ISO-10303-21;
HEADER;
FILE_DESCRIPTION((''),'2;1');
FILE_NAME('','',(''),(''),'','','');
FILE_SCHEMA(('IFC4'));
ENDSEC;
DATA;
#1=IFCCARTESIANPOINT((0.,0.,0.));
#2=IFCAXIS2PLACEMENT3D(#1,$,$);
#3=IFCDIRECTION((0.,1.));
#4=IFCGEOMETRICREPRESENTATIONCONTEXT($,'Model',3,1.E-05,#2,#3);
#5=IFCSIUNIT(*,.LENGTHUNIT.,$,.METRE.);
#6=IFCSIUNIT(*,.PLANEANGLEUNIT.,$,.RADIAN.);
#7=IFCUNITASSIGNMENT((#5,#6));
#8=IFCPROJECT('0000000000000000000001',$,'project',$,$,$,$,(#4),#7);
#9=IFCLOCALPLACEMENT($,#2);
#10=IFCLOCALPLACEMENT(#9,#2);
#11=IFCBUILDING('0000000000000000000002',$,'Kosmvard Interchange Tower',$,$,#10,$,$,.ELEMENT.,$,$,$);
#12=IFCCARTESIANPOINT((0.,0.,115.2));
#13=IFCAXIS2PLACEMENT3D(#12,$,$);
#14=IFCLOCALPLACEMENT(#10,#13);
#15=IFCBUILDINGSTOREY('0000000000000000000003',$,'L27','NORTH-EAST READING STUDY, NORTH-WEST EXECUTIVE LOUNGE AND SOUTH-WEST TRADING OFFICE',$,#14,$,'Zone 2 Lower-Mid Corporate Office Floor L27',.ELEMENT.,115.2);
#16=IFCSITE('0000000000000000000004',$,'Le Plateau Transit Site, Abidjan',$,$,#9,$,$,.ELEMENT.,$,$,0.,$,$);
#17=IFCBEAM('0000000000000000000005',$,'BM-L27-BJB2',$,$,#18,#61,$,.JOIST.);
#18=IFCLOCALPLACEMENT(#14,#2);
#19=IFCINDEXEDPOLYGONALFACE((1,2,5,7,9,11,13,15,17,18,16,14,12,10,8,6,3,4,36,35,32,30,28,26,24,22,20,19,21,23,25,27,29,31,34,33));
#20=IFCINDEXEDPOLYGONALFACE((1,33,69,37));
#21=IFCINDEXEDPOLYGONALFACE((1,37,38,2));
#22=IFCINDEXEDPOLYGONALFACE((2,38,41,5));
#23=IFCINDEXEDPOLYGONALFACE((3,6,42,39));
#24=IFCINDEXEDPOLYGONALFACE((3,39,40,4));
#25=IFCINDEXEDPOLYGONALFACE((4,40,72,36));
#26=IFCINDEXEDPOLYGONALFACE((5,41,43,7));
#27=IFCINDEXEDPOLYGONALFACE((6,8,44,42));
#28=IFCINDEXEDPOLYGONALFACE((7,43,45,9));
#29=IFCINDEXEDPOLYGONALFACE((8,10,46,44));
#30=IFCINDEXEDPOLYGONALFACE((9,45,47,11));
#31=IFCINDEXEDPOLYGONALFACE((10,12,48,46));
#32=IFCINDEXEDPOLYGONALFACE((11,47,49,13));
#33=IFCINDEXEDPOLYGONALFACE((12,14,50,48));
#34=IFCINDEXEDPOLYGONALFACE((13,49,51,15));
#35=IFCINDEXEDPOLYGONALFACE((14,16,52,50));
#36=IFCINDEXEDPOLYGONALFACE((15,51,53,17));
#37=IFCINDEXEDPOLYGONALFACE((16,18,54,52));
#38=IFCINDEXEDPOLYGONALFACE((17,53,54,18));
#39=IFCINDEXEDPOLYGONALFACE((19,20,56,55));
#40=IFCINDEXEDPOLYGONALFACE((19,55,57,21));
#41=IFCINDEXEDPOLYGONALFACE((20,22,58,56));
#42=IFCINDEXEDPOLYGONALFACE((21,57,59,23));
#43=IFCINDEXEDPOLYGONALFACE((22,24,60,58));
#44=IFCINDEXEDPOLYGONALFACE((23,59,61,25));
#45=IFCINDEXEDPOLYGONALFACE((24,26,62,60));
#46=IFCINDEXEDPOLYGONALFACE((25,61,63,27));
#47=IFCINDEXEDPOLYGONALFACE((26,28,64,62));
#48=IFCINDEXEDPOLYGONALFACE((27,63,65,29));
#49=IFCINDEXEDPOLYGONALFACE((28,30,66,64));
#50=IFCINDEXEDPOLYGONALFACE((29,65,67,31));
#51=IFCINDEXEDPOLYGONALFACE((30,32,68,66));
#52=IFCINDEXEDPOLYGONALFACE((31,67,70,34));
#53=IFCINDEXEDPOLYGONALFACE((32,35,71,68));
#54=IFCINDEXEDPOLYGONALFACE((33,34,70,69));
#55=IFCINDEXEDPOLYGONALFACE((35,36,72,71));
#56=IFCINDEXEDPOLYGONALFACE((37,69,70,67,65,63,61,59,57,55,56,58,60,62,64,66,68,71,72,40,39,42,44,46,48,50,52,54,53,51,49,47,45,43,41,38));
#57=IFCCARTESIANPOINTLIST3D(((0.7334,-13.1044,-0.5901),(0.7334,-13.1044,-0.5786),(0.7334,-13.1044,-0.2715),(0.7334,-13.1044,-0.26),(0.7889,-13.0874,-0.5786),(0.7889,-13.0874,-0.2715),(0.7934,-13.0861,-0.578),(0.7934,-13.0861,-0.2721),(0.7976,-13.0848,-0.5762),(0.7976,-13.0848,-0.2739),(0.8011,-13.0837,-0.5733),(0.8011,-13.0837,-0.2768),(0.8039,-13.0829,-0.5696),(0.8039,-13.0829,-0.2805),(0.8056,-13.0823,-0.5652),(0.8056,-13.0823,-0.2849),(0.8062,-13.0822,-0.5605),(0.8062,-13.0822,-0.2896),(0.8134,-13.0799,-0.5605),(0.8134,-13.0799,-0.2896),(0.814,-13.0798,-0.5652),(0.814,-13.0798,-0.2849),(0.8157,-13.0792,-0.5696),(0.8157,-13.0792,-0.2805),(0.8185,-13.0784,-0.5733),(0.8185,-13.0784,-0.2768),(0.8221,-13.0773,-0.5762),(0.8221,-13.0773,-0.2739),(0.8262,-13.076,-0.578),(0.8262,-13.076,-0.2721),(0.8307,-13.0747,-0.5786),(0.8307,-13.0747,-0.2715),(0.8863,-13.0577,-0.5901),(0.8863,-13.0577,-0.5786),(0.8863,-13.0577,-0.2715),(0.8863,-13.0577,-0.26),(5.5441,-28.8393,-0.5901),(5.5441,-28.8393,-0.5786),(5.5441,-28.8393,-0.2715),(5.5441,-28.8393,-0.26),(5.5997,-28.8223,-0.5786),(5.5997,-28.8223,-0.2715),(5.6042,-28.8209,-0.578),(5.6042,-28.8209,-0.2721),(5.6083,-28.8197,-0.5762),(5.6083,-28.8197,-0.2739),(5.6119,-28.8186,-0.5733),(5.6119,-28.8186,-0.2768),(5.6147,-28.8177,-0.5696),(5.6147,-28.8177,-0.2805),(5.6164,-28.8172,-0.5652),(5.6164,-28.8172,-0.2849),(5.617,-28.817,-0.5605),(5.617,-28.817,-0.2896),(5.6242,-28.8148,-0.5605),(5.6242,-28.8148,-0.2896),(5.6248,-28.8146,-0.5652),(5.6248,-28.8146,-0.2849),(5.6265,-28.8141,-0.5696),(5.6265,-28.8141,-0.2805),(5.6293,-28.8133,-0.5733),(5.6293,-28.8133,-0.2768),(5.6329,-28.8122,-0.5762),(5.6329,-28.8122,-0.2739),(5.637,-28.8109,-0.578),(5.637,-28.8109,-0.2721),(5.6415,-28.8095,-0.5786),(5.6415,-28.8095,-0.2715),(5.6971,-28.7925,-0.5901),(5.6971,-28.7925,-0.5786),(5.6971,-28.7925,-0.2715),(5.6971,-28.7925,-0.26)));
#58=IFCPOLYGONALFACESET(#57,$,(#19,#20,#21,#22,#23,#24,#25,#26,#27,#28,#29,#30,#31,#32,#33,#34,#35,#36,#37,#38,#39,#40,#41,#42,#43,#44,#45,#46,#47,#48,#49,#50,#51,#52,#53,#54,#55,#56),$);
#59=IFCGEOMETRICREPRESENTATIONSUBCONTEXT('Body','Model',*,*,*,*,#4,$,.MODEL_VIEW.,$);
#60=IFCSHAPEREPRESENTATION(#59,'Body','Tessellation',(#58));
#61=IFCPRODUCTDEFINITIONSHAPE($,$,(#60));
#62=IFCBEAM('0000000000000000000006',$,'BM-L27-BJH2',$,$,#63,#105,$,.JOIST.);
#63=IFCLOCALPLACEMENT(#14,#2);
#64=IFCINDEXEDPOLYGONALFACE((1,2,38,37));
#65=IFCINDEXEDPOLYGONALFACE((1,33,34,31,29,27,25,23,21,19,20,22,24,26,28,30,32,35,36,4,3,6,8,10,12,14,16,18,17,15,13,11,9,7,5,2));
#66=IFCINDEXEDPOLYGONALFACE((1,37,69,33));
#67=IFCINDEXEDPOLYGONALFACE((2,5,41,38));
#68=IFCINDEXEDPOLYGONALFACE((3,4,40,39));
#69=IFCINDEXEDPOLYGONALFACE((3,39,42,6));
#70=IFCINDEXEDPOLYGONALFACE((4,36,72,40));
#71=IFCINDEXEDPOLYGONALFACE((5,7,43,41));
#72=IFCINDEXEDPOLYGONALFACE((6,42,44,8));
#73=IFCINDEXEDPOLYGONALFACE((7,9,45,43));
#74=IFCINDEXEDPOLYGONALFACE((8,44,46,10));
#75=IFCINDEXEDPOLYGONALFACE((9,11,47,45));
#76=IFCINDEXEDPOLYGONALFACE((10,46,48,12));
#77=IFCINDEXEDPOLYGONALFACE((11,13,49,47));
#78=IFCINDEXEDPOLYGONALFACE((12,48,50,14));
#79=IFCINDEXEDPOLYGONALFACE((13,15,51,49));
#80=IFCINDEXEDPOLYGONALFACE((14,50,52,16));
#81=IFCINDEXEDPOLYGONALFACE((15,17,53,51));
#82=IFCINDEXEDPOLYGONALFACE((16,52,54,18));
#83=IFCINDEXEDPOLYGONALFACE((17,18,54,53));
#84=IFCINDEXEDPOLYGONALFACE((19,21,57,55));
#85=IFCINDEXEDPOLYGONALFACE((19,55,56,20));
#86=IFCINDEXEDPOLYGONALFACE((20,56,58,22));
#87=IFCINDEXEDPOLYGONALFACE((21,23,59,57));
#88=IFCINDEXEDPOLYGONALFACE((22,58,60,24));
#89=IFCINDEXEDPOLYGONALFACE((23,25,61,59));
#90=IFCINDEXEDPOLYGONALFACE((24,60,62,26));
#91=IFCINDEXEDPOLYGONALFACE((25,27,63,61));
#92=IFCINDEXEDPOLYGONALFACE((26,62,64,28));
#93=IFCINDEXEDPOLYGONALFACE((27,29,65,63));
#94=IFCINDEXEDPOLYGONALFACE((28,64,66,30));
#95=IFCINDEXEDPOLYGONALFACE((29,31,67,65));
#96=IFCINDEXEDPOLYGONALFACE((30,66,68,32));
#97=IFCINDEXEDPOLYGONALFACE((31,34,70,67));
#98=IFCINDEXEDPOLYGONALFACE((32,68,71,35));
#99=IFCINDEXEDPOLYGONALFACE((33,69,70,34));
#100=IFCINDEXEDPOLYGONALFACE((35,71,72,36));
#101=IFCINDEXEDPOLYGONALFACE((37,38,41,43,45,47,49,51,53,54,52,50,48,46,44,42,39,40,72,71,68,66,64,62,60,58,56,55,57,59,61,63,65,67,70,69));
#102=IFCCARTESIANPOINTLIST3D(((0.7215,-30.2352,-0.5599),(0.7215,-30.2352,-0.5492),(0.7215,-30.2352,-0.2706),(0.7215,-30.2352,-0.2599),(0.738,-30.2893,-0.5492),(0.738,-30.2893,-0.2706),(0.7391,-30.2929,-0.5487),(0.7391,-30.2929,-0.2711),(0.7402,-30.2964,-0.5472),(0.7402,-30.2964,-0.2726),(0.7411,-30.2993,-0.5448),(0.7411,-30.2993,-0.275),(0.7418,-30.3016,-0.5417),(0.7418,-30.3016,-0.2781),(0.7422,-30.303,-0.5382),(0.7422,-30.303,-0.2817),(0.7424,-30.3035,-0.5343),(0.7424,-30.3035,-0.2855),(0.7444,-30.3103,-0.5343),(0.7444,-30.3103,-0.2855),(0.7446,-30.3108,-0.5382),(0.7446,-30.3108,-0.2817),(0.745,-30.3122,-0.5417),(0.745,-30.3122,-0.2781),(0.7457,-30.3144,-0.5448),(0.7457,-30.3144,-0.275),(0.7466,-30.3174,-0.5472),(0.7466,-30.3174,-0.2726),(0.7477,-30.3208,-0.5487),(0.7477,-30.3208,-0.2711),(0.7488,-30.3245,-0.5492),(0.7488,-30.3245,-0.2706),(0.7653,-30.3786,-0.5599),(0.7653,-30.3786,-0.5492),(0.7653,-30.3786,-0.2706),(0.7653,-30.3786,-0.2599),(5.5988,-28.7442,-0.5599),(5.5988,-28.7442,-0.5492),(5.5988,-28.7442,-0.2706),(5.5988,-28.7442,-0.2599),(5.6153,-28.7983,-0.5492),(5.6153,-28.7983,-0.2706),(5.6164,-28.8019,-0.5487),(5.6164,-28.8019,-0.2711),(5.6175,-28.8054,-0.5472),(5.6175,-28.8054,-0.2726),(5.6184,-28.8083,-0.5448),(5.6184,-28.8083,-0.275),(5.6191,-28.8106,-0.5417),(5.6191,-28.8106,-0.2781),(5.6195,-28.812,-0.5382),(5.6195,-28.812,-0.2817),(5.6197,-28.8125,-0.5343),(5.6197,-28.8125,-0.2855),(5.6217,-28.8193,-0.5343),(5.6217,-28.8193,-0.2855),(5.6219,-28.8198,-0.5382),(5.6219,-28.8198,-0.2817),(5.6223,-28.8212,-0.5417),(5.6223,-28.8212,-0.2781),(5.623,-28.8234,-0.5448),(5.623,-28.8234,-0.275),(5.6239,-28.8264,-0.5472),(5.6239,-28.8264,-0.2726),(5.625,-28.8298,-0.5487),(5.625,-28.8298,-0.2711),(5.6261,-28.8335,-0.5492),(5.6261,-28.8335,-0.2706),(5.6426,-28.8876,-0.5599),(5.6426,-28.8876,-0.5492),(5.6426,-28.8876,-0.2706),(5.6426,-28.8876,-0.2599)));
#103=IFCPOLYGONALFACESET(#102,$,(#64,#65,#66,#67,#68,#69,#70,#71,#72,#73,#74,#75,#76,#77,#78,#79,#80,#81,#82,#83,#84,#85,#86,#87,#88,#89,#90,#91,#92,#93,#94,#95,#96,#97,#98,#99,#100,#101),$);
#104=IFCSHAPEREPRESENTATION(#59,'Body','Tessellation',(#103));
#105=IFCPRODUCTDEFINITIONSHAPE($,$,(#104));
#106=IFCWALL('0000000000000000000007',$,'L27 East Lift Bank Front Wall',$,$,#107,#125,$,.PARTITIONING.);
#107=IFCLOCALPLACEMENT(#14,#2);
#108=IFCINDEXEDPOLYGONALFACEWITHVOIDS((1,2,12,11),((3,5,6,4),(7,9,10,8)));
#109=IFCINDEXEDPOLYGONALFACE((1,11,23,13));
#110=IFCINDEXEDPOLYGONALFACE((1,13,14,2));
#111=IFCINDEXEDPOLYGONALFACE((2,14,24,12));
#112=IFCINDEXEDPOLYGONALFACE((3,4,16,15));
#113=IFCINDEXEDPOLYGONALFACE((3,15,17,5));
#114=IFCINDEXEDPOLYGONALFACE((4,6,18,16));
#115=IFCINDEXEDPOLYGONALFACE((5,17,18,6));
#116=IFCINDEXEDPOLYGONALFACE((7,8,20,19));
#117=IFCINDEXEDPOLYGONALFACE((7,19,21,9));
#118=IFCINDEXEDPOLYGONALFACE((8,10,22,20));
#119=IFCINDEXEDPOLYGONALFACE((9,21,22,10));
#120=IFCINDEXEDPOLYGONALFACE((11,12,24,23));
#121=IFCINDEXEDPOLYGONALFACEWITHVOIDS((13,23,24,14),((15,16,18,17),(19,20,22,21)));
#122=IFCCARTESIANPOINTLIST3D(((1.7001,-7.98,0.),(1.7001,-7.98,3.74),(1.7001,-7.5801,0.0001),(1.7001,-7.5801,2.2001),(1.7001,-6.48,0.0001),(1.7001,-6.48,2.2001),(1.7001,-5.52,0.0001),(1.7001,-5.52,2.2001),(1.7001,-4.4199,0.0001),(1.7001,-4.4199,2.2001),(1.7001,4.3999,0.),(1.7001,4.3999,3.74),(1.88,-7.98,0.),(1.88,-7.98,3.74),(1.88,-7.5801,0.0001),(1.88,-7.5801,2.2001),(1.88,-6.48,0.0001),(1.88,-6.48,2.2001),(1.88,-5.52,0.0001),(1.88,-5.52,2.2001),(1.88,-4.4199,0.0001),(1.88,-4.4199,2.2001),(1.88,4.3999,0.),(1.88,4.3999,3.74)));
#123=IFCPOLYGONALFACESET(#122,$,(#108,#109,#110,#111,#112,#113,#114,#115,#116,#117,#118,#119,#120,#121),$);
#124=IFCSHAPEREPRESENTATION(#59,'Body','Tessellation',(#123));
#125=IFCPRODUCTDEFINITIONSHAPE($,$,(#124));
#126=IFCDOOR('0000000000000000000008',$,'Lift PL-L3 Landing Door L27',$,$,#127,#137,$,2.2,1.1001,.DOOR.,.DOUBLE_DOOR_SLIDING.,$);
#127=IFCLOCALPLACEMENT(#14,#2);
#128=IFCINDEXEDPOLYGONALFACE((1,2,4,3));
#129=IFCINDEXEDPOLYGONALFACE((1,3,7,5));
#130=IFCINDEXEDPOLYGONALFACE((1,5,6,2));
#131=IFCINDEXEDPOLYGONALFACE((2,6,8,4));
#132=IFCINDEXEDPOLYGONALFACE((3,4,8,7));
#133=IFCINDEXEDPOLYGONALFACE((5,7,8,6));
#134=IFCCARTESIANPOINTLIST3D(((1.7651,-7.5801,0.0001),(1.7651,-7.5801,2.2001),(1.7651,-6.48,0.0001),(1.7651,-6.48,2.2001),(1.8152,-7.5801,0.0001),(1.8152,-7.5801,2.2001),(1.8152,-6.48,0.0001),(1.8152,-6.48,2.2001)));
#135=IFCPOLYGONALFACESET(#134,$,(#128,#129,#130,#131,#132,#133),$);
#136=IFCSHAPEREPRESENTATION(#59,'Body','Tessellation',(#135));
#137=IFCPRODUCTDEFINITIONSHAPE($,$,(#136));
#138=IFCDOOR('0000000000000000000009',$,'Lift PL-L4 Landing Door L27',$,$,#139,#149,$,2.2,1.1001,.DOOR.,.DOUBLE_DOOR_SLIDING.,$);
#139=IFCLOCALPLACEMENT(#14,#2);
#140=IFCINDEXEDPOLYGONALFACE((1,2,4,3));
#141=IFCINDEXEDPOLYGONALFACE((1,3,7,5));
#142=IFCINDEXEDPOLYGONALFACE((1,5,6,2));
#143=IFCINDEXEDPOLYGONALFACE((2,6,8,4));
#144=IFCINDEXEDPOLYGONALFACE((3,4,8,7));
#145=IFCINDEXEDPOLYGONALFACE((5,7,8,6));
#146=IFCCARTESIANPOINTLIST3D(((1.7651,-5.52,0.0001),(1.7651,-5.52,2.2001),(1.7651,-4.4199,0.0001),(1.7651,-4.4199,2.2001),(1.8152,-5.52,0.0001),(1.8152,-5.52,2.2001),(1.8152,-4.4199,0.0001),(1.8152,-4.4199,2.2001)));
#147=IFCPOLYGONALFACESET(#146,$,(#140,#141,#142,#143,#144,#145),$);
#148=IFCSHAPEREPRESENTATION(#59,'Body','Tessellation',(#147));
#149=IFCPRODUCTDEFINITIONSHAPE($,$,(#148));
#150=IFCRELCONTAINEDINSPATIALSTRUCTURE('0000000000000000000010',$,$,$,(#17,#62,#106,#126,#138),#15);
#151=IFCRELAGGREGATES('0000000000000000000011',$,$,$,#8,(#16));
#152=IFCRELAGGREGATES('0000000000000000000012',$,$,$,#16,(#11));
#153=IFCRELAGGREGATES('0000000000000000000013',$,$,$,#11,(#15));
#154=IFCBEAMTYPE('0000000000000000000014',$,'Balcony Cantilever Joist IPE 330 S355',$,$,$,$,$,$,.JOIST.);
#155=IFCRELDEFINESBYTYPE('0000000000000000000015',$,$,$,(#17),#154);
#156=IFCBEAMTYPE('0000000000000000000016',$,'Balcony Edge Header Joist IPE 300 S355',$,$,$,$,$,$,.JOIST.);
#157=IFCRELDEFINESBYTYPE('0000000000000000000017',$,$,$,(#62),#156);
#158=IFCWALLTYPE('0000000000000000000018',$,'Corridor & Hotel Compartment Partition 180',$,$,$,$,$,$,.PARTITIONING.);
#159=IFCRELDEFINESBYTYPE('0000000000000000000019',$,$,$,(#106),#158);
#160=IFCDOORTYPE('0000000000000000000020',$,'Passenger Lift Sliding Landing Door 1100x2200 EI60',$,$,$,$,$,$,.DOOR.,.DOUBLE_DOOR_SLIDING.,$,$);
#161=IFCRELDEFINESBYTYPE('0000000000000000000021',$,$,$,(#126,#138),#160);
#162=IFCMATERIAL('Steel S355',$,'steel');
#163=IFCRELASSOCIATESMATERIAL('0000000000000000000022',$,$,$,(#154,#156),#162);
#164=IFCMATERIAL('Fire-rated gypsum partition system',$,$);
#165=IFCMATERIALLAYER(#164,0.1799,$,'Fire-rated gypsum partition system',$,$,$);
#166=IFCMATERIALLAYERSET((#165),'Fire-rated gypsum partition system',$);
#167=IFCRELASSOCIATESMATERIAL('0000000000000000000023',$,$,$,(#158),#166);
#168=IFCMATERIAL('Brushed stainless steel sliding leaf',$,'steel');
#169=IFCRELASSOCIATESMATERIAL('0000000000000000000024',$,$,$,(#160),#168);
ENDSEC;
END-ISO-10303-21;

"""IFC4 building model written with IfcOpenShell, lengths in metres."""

from ifc_helpers import new_model, si_unit, direction, frame, frame_2d, origin, origin_2d, place, context, subcontext, project, spatial, rectangle, i_section, extrude, source, transform, mapped, material, layer, layer_set, material_profile, profile_set, type_object, element, fill, save


model = new_model("IFC4")

# Units and contexts
model_context = context("Model", 3, precision=1e-05, world=origin(), true_north=direction((0.0, 1.0)))
body_context = subcontext(model_context, "Body", "Model", "MODEL_VIEW")
ifc_project = project(units=[si_unit("LENGTHUNIT", "METRE"), si_unit("PLANEANGLEUNIT", "RADIAN")], contexts=[model_context])

# Site, building, storey
site_placement = place(None, origin())
site = spatial("IfcSite", under=ifc_project, at=site_placement, Name="Le Plateau Transit Site, Abidjan", CompositionType="ELEMENT", RefElevation=0.0)
building_placement = place(site_placement, origin())
building = spatial("IfcBuilding", under=site, at=building_placement, Name="Kosmvard Interchange Tower", CompositionType="ELEMENT")
storey_placement = place(building_placement, frame((0.0, 0.0, 115.2)))
storey = spatial("IfcBuildingStorey", under=building, at=storey_placement, Name="L27", Description="NORTH-EAST READING STUDY, NORTH-WEST EXECUTIVE LOUNGE AND SOUTH-WEST TRADING OFFICE", LongName="Zone 2 Lower-Mid Corporate Office Floor L27", CompositionType="ELEMENT", Elevation=115.2)

# Beams
ifc_material_1 = material(Name="Steel S355", Category="steel")
ifc_material_profile_1 = material_profile(ifc_material_1, i_section(OverallWidth=0.1599, OverallDepth=0.3301, WebThickness=0.0076, FlangeThickness=0.0115, FilletRadius=0.0181, at=origin_2d()), Name="IPE 330")
ifc_profile_set_1 = profile_set([ifc_material_profile_1], Name="Steel S355")
beam_type_1 = type_object("IfcBeamType", Name="Balcony Cantilever Joist IPE 330 S355", PredefinedType="JOIST", material=ifc_profile_set_1)
shared_shape_1 = source(origin(), body_context, "Body", "SweptSolid", [
    extrude(i_section(OverallWidth=0.1599, OverallDepth=0.3301, WebThickness=0.0076, FlangeThickness=0.0115, FilletRadius=0.0181, at=origin_2d()), origin(), (0.0, 0.0, 1.0), 16.4539),
])
beam_1_placement = place(storey_placement, frame((0.8098, -13.0811, -0.425), z_axis=(0.292381, -0.956302, 0.0), x_axis=(0.956302, 0.292381, 0.0)))
element("IfcBeam", 1, at=beam_1_placement, inside=storey, type_object=beam_type_1, Name="BM-L27-BJB2", PredefinedType="JOIST", context=body_context, shape_type="MappedRepresentation", body=[
    mapped(shared_shape_1, transform((0.0, 0.0, 0.0), scale=1.0)),
])
ifc_material_profile_2 = material_profile(ifc_material_1, i_section(OverallWidth=0.1499, OverallDepth=0.3, WebThickness=0.0071, FlangeThickness=0.0107, FilletRadius=0.0149, at=origin_2d()), Name="IPE 300")
ifc_profile_set_2 = profile_set([ifc_material_profile_2], Name="Steel S355")
beam_type_2 = type_object("IfcBeamType", Name="Balcony Edge Header Joist IPE 300 S355", PredefinedType="JOIST", material=ifc_profile_set_2)
shared_shape_2 = source(origin(), body_context, "Body", "SweptSolid", [
    extrude(i_section(OverallWidth=0.1499, OverallDepth=0.3, WebThickness=0.0071, FlangeThickness=0.0107, FilletRadius=0.0149, at=origin_2d()), origin(), (0.0, 0.0, 1.0), 5.1001),
])
beam_2_placement = place(storey_placement, frame((0.7434, -30.3069, -0.4099), z_axis=(0.956313, 0.292346, 0.0), x_axis=(-0.292346, 0.956313, 0.0)))
element("IfcBeam", 2, at=beam_2_placement, inside=storey, type_object=beam_type_2, Name="BM-L27-BJH2", PredefinedType="JOIST", context=body_context, shape_type="MappedRepresentation", body=[
    mapped(shared_shape_2, transform((0.0, 0.0, 0.0), scale=1.0)),
])

# Wall, openings, doors
ifc_material_2 = material(Name="Fire-rated gypsum partition system")
ifc_layer_1 = layer(ifc_material_2, 0.1799, Name="Fire-rated gypsum partition system")
ifc_layer_set_1 = layer_set([ifc_layer_1], Name="Fire-rated gypsum partition system")
wall_type_1 = type_object("IfcWallType", Name="Corridor & Hotel Compartment Partition 180", PredefinedType="PARTITIONING", material=ifc_layer_set_1)
wall_1_placement = place(storey_placement, frame((1.79, -7.98, 0.0), z_axis=(0.0, 0.0, 1.0), x_axis=(0.0, 1.0, 0.0)))
wall_1 = element("IfcWall", 3, at=wall_1_placement, inside=storey, type_object=wall_type_1, Name="L27 East Lift Bank Front Wall", PredefinedType="PARTITIONING", context=body_context, shape_type="SweptSolid", body=[
    extrude(rectangle(XDim=12.3799, YDim=0.1799, at=frame_2d((6.1899, 0.0))), origin(), (0.0, 0.0, 1.0), 3.74),
])
opening_1_placement = place(wall_1_placement, frame((0.3999, 0.0, 0.0)))
opening_1 = element("IfcOpeningElement", 4, at=opening_1_placement, cuts=wall_1, PredefinedType="OPENING", context=body_context, shape_type="SweptSolid", body=[
    extrude(rectangle(XDim=1.1001, YDim=2.2, at=frame_2d((0.55, 1.1001))), frame((0.0, 0.1001, 0.0), z_axis=(0.0, -1.0, 0.0), x_axis=(1.0, 0.0, 0.0)), (0.0, 0.0, 1.0), 0.2),
])
opening_2_placement = place(wall_1_placement, frame((2.46, 0.0, 0.0)))
opening_2 = element("IfcOpeningElement", 5, at=opening_2_placement, cuts=wall_1, PredefinedType="OPENING", context=body_context, shape_type="SweptSolid", body=[
    extrude(rectangle(XDim=1.1001, YDim=2.2, at=frame_2d((0.55, 1.1001))), frame((0.0, 0.1001, 0.0), z_axis=(0.0, -1.0, 0.0), x_axis=(1.0, 0.0, 0.0)), (0.0, 0.0, 1.0), 0.2),
])
ifc_material_3 = material(Name="Brushed stainless steel sliding leaf", Category="steel")
door_type_1 = type_object("IfcDoorType", Name="Passenger Lift Sliding Landing Door 1100x2200 EI60", OperationType="DOUBLE_DOOR_SLIDING", PredefinedType="DOOR", material=ifc_material_3)
shared_shape_3 = source(origin(), body_context, "Body", "SweptSolid", [
    extrude(rectangle(XDim=1.1001, YDim=2.2, at=frame_2d((0.55, 1.1001))), frame((0.0, 0.0249, 0.0), z_axis=(0.0, -1.0, 0.0), x_axis=(1.0, 0.0, 0.0)), (0.0, 0.0, 1.0), 0.05),
])
door_1_placement = place(opening_1_placement, origin())
door_1 = element("IfcDoor", 6, at=door_1_placement, inside=storey, type_object=door_type_1, Name="Lift PL-L3 Landing Door L27", OperationType="DOUBLE_DOOR_SLIDING", OverallHeight=2.2, OverallWidth=1.1001, PredefinedType="DOOR", context=body_context, shape_type="MappedRepresentation", body=[
    mapped(shared_shape_3, transform((0.0, 0.0, 0.0), scale=1.0)),
])
fill(opening_1, door_1)
door_2_placement = place(opening_2_placement, origin())
door_2 = element("IfcDoor", 7, at=door_2_placement, inside=storey, type_object=door_type_1, Name="Lift PL-L4 Landing Door L27", OperationType="DOUBLE_DOOR_SLIDING", OverallHeight=2.2, OverallWidth=1.1001, PredefinedType="DOOR", context=body_context, shape_type="MappedRepresentation", body=[
    mapped(shared_shape_3, transform((0.0, 0.0, 0.0), scale=1.0)),
])
fill(opening_2, door_2)

save(model, "model.ifc")
